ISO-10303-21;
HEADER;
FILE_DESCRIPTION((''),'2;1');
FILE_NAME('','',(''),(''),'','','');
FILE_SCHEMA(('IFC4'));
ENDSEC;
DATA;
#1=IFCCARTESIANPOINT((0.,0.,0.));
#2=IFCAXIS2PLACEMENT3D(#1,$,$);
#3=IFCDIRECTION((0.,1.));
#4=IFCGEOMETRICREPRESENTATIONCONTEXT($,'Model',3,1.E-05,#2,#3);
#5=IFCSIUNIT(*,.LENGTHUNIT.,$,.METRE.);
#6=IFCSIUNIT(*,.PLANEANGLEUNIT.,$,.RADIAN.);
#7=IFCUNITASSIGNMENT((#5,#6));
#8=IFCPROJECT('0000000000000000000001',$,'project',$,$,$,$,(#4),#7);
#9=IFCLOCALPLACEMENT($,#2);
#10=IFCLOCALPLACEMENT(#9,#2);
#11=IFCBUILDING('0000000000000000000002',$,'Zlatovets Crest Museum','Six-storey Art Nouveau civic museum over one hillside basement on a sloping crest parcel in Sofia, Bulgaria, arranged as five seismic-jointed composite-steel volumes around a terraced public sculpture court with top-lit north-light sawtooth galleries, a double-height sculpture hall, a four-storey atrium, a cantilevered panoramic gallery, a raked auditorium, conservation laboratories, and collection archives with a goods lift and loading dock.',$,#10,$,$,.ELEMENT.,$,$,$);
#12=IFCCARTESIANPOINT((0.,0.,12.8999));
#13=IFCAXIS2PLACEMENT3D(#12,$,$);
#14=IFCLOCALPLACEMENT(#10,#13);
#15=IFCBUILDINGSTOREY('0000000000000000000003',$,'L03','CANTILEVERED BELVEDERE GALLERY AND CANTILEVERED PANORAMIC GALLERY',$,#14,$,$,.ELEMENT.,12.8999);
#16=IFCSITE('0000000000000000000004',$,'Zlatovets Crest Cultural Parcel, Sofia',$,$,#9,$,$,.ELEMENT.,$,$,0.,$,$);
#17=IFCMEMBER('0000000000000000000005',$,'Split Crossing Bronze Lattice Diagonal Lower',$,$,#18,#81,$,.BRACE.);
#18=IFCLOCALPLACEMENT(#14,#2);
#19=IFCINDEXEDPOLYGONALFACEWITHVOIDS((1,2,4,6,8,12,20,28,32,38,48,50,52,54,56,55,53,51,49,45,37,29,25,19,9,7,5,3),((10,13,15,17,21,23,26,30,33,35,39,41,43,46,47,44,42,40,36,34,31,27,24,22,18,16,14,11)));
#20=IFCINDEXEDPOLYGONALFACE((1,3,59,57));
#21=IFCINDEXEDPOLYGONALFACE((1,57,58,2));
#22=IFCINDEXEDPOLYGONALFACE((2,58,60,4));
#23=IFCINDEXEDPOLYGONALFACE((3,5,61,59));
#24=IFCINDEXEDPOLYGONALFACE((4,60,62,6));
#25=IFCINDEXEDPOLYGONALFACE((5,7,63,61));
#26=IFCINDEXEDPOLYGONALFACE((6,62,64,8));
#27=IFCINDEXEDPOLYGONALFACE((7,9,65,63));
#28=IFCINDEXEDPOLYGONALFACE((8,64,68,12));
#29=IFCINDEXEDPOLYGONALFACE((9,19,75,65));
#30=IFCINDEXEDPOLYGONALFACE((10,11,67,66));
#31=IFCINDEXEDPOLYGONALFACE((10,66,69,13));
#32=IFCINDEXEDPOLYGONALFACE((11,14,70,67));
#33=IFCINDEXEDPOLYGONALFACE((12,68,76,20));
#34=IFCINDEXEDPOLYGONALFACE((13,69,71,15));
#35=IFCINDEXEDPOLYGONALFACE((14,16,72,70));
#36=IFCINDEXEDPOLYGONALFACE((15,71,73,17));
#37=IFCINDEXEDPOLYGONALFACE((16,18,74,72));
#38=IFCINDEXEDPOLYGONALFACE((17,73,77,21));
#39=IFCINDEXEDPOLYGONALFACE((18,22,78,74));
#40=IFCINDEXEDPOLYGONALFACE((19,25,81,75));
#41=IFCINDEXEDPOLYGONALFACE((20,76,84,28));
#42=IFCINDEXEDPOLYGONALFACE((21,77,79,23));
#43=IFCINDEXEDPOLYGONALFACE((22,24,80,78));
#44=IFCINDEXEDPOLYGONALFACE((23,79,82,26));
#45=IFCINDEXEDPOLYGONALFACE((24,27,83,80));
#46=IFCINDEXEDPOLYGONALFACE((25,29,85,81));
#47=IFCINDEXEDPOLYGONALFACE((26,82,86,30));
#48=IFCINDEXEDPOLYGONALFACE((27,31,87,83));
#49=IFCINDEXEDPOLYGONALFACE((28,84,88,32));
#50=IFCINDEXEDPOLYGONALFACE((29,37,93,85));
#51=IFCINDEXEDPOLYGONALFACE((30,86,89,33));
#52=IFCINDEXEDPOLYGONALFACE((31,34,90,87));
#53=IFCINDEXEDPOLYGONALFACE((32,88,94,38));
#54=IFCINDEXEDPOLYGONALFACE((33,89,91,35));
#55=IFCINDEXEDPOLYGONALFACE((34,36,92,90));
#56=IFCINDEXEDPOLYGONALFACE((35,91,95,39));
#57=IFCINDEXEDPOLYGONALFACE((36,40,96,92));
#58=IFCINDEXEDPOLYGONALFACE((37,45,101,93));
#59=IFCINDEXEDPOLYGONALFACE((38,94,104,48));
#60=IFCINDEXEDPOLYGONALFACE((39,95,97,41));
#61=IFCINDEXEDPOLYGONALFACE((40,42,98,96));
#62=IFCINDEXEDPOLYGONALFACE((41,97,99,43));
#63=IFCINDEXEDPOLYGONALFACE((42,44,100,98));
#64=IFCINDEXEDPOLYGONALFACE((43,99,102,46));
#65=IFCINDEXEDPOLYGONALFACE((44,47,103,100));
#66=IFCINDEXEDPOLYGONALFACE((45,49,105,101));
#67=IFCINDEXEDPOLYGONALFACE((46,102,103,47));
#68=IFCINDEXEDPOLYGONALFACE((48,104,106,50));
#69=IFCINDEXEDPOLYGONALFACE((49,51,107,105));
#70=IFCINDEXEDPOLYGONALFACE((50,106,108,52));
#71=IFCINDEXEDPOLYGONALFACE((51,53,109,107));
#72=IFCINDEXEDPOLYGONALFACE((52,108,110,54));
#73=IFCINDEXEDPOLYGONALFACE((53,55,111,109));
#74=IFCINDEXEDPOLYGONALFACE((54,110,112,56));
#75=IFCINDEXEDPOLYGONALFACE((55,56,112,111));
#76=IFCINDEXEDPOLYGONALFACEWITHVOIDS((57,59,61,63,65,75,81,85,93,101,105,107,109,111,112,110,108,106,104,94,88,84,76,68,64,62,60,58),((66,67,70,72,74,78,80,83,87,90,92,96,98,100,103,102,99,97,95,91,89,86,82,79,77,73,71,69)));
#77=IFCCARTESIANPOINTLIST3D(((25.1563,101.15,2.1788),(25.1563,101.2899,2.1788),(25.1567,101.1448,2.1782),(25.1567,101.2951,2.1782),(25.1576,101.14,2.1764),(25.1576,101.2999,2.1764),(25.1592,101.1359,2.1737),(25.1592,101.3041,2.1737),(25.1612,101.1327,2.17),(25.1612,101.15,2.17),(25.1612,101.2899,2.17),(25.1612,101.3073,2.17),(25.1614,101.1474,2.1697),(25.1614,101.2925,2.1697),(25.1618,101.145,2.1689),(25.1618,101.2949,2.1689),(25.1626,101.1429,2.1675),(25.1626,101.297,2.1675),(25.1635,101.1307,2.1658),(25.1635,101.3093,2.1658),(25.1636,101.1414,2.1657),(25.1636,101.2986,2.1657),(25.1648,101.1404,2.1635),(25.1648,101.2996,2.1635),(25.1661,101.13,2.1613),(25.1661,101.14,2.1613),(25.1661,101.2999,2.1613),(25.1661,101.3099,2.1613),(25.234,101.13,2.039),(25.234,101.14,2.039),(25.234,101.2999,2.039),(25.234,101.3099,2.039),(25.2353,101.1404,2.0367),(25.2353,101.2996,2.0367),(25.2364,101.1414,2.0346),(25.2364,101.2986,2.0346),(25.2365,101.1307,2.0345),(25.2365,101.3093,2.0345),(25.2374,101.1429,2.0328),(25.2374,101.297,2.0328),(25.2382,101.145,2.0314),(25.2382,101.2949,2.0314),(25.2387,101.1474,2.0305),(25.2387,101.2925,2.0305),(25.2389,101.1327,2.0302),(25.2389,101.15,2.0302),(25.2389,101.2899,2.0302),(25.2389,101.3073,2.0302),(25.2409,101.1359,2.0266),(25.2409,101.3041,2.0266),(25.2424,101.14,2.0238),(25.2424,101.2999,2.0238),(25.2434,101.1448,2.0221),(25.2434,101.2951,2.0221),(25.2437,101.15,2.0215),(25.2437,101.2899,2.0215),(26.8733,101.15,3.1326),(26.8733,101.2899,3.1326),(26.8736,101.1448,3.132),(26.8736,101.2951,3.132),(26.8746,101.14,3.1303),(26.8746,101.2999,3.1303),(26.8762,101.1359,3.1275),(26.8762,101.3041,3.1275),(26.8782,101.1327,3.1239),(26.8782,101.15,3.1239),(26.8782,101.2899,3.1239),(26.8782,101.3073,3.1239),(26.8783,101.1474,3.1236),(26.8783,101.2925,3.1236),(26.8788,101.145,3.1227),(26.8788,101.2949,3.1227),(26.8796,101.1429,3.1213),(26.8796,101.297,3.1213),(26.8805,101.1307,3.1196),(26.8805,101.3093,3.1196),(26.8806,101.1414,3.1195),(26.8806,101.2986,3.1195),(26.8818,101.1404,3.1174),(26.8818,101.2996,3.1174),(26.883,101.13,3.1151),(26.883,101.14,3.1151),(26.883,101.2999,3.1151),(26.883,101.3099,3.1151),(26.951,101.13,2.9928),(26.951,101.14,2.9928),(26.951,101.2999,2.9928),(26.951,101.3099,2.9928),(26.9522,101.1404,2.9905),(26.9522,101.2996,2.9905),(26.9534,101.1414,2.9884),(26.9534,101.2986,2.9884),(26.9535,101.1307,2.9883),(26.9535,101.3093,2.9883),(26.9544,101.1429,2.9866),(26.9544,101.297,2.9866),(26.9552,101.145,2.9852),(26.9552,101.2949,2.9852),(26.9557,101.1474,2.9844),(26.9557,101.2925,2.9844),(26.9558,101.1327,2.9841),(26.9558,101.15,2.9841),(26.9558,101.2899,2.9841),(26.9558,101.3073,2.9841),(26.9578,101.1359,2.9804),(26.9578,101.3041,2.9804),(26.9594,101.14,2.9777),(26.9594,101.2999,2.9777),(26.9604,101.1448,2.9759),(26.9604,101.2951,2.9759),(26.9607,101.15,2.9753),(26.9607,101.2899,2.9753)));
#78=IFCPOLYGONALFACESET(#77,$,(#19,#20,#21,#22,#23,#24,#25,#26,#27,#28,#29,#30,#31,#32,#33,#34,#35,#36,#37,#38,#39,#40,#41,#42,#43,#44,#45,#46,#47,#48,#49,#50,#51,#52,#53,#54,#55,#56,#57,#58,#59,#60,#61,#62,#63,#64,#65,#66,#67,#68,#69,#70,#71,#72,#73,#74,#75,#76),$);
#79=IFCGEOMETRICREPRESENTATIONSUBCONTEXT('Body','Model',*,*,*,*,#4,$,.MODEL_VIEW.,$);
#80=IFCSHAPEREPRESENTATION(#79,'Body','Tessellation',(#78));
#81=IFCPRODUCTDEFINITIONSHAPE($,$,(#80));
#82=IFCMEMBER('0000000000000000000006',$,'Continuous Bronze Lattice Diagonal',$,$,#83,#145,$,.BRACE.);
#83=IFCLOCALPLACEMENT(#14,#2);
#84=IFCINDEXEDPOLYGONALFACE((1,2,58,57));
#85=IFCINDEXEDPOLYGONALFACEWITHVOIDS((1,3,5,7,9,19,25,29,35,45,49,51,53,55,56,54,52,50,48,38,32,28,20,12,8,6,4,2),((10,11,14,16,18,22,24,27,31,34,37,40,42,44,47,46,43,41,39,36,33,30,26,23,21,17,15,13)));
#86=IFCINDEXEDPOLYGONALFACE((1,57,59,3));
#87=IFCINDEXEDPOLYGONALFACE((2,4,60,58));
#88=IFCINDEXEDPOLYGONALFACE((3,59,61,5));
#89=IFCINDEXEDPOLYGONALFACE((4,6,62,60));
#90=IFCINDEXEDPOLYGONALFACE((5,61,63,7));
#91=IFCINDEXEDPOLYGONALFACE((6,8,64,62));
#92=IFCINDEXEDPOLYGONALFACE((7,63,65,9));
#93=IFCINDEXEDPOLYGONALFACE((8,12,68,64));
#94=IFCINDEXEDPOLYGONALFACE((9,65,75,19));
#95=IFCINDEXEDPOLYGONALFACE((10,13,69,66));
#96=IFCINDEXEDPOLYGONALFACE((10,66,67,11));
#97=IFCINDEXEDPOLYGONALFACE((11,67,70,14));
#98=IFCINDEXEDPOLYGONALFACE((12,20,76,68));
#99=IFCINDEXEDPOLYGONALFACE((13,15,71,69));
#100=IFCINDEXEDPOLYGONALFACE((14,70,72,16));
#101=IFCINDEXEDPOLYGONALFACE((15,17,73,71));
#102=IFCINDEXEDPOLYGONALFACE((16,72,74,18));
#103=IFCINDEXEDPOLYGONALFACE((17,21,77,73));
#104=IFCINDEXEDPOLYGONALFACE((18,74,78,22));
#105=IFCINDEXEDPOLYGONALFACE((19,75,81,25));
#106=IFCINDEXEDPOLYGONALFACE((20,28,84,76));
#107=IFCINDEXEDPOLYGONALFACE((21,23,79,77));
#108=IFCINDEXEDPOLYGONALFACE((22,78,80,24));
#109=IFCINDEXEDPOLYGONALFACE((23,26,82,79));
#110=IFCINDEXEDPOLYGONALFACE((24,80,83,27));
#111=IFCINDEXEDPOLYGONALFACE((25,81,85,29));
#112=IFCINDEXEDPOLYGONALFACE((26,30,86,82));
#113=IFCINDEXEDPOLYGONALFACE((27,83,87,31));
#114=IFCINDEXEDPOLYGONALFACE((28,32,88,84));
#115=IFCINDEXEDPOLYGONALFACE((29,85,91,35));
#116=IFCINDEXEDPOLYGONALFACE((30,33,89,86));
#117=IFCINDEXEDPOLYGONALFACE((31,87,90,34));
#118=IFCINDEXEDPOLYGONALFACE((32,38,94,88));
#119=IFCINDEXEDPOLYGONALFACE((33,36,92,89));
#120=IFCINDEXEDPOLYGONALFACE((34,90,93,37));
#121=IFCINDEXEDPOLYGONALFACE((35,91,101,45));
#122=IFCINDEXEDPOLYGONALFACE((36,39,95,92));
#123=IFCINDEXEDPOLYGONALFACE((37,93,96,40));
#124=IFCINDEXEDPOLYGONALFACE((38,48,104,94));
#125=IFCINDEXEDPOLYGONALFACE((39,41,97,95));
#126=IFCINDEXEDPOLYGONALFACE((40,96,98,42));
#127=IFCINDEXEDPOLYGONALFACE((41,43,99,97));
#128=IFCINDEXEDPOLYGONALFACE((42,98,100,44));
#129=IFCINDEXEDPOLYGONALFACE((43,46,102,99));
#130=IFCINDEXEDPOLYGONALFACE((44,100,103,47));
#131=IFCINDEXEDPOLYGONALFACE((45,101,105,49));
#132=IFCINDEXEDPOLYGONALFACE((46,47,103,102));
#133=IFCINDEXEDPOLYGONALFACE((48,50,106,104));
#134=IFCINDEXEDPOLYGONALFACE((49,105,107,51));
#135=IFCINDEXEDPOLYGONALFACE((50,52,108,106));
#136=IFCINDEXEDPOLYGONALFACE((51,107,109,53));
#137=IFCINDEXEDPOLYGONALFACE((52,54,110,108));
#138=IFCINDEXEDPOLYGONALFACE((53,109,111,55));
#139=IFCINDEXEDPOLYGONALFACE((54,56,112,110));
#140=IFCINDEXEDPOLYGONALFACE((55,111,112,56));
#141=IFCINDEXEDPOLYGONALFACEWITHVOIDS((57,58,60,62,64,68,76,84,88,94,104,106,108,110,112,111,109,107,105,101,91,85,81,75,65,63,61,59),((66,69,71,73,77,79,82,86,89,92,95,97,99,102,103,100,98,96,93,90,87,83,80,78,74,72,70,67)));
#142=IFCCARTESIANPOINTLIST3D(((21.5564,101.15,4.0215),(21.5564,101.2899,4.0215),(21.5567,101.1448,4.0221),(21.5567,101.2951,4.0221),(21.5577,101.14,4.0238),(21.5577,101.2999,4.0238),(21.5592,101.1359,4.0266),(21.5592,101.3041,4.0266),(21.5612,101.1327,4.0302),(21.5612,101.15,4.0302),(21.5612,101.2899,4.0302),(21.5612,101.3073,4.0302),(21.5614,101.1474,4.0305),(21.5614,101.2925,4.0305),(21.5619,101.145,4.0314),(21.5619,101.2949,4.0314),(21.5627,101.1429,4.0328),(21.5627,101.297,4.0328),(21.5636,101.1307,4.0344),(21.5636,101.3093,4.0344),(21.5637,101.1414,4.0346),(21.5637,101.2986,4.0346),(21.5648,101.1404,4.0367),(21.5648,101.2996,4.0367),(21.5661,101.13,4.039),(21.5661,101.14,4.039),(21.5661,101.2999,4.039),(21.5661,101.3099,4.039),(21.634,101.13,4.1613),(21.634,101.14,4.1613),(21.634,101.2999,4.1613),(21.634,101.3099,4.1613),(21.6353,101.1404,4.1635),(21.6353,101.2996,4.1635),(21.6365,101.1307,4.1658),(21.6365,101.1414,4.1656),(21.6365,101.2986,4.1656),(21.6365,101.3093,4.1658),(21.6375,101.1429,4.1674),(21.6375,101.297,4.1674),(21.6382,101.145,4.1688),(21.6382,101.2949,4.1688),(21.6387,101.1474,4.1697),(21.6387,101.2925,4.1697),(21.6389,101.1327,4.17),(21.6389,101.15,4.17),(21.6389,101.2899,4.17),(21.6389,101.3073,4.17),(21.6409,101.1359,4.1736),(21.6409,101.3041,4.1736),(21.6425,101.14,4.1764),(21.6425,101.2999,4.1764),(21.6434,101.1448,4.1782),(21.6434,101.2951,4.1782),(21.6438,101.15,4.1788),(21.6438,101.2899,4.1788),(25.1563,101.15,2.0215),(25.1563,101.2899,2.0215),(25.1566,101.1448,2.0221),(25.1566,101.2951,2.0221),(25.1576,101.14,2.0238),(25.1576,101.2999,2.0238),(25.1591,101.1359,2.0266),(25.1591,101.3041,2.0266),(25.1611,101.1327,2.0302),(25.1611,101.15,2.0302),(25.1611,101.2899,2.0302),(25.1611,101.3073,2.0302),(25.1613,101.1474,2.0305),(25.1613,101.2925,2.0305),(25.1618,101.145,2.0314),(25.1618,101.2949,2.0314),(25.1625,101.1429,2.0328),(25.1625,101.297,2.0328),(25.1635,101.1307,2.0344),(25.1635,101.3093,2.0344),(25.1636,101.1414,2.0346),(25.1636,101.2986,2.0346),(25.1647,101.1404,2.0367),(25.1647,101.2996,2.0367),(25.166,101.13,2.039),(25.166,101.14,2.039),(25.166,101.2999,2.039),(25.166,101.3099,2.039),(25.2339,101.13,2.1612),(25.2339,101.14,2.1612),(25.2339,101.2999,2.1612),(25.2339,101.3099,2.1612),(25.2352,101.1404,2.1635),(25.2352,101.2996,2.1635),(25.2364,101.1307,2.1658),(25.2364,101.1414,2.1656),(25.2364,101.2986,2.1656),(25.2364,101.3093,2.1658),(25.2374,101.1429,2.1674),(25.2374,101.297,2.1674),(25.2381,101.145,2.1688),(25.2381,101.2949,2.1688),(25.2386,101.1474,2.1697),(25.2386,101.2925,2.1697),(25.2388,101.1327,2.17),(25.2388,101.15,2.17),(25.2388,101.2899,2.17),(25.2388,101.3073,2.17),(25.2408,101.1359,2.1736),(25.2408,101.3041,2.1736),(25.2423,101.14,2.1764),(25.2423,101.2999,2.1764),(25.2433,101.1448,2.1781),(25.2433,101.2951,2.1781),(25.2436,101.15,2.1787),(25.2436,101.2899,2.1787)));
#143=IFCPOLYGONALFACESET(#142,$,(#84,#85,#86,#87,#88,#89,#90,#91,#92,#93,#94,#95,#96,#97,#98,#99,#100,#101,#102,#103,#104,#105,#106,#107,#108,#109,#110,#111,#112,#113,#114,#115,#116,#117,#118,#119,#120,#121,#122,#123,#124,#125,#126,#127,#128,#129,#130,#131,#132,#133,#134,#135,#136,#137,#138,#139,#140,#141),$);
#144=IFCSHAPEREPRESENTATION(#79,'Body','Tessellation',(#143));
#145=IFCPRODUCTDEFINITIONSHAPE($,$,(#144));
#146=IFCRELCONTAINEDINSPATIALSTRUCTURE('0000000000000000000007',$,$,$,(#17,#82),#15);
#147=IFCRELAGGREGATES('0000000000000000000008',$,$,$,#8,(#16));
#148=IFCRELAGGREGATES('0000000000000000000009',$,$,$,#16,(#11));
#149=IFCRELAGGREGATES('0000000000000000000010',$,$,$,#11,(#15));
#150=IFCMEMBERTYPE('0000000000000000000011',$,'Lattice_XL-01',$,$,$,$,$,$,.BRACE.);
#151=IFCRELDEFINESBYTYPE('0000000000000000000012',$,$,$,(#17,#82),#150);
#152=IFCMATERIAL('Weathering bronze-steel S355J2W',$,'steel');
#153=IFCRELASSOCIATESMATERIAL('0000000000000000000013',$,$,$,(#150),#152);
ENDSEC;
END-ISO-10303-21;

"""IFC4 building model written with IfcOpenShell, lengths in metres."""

from ifc_helpers import new_model, si_unit, direction, frame, origin, origin_2d, place, context, subcontext, project, spatial, hollow_rectangle, extrude, material, material_profile, profile_set, type_object, element, save


model = new_model("IFC4")

# Units and contexts
model_context = context("Model", 3, precision=1e-05, world=origin(), true_north=direction((0.0, 1.0)))
body_context = subcontext(model_context, "Body", "Model", "MODEL_VIEW")
ifc_project = project(units=[si_unit("LENGTHUNIT", "METRE"), si_unit("PLANEANGLEUNIT", "RADIAN")], contexts=[model_context])

# Site, building, storey
site_placement = place(None, origin())
site = spatial("IfcSite", under=ifc_project, at=site_placement, Name="Zlatovets Crest Cultural Parcel, Sofia", CompositionType="ELEMENT", RefElevation=0.0)
building_placement = place(site_placement, origin())
building = spatial("IfcBuilding", under=site, at=building_placement, Name="Zlatovets Crest Museum", Description="Six-storey Art Nouveau civic museum over one hillside basement on a sloping crest parcel in Sofia, Bulgaria, arranged as five seismic-jointed composite-steel volumes around a terraced public sculpture court with top-lit north-light sawtooth galleries, a double-height sculpture hall, a four-storey atrium, a cantilevered panoramic gallery, a raked auditorium, conservation laboratories, and collection archives with a goods lift and loading dock.", CompositionType="ELEMENT")
storey_placement = place(building_placement, frame((0.0, 0.0, 12.8999)))
storey = spatial("IfcBuildingStorey", under=building, at=storey_placement, Name="L03", Description="CANTILEVERED BELVEDERE GALLERY AND CANTILEVERED PANORAMIC GALLERY", CompositionType="ELEMENT", Elevation=12.8999)

# Members
ifc_material_1 = material(Name="Weathering bronze-steel S355J2W", Category="steel")
ifc_material_profile_1 = material_profile(ifc_material_1, hollow_rectangle(XDim=0.1799, YDim=0.1799, WallThickness=0.01, InnerFilletRadius=0.01, OuterFilletRadius=0.02, at=origin_2d()), Name="SHS 180x180x10.0")
ifc_profile_set_1 = profile_set([ifc_material_profile_1], Name="Weathering bronze-steel S355J2W")
member_type_1 = type_object("IfcMemberType", Name="Lattice_XL-01", PredefinedType="BRACE", material=ifc_profile_set_1)
member_1_placement = place(storey_placement, frame((26.917, 101.22, 3.054), z_axis=(-0.874169, 0.0, -0.485622), x_axis=(0.0, -1.0, 0.0)))
element("IfcMember", 1, at=member_1_placement, inside=storey, type_object=member_type_1, Name="Split Crossing Bronze Lattice Diagonal Lower", PredefinedType="BRACE", context=body_context, shape_type="SweptSolid", body=[
    extrude(hollow_rectangle(XDim=0.1799, YDim=0.1799, WallThickness=0.01, InnerFilletRadius=0.01, OuterFilletRadius=0.02, at=origin_2d()), origin(), (0.0, 0.0, 1.0), 1.9641),
])
member_2_placement = place(storey_placement, frame((25.2, 101.22, 2.1001), z_axis=(-0.874149, 0.0, 0.485658), x_axis=(0.0, -1.0, 0.0)))
element("IfcMember", 2, at=member_2_placement, inside=storey, type_object=member_type_1, Name="Continuous Bronze Lattice Diagonal", PredefinedType="BRACE", context=body_context, shape_type="SweptSolid", body=[
    extrude(hollow_rectangle(XDim=0.1799, YDim=0.1799, WallThickness=0.01, InnerFilletRadius=0.01, OuterFilletRadius=0.02, at=origin_2d()), origin(), (0.0, 0.0, 1.0), 4.1182),
])

save(model, "model.ifc")
